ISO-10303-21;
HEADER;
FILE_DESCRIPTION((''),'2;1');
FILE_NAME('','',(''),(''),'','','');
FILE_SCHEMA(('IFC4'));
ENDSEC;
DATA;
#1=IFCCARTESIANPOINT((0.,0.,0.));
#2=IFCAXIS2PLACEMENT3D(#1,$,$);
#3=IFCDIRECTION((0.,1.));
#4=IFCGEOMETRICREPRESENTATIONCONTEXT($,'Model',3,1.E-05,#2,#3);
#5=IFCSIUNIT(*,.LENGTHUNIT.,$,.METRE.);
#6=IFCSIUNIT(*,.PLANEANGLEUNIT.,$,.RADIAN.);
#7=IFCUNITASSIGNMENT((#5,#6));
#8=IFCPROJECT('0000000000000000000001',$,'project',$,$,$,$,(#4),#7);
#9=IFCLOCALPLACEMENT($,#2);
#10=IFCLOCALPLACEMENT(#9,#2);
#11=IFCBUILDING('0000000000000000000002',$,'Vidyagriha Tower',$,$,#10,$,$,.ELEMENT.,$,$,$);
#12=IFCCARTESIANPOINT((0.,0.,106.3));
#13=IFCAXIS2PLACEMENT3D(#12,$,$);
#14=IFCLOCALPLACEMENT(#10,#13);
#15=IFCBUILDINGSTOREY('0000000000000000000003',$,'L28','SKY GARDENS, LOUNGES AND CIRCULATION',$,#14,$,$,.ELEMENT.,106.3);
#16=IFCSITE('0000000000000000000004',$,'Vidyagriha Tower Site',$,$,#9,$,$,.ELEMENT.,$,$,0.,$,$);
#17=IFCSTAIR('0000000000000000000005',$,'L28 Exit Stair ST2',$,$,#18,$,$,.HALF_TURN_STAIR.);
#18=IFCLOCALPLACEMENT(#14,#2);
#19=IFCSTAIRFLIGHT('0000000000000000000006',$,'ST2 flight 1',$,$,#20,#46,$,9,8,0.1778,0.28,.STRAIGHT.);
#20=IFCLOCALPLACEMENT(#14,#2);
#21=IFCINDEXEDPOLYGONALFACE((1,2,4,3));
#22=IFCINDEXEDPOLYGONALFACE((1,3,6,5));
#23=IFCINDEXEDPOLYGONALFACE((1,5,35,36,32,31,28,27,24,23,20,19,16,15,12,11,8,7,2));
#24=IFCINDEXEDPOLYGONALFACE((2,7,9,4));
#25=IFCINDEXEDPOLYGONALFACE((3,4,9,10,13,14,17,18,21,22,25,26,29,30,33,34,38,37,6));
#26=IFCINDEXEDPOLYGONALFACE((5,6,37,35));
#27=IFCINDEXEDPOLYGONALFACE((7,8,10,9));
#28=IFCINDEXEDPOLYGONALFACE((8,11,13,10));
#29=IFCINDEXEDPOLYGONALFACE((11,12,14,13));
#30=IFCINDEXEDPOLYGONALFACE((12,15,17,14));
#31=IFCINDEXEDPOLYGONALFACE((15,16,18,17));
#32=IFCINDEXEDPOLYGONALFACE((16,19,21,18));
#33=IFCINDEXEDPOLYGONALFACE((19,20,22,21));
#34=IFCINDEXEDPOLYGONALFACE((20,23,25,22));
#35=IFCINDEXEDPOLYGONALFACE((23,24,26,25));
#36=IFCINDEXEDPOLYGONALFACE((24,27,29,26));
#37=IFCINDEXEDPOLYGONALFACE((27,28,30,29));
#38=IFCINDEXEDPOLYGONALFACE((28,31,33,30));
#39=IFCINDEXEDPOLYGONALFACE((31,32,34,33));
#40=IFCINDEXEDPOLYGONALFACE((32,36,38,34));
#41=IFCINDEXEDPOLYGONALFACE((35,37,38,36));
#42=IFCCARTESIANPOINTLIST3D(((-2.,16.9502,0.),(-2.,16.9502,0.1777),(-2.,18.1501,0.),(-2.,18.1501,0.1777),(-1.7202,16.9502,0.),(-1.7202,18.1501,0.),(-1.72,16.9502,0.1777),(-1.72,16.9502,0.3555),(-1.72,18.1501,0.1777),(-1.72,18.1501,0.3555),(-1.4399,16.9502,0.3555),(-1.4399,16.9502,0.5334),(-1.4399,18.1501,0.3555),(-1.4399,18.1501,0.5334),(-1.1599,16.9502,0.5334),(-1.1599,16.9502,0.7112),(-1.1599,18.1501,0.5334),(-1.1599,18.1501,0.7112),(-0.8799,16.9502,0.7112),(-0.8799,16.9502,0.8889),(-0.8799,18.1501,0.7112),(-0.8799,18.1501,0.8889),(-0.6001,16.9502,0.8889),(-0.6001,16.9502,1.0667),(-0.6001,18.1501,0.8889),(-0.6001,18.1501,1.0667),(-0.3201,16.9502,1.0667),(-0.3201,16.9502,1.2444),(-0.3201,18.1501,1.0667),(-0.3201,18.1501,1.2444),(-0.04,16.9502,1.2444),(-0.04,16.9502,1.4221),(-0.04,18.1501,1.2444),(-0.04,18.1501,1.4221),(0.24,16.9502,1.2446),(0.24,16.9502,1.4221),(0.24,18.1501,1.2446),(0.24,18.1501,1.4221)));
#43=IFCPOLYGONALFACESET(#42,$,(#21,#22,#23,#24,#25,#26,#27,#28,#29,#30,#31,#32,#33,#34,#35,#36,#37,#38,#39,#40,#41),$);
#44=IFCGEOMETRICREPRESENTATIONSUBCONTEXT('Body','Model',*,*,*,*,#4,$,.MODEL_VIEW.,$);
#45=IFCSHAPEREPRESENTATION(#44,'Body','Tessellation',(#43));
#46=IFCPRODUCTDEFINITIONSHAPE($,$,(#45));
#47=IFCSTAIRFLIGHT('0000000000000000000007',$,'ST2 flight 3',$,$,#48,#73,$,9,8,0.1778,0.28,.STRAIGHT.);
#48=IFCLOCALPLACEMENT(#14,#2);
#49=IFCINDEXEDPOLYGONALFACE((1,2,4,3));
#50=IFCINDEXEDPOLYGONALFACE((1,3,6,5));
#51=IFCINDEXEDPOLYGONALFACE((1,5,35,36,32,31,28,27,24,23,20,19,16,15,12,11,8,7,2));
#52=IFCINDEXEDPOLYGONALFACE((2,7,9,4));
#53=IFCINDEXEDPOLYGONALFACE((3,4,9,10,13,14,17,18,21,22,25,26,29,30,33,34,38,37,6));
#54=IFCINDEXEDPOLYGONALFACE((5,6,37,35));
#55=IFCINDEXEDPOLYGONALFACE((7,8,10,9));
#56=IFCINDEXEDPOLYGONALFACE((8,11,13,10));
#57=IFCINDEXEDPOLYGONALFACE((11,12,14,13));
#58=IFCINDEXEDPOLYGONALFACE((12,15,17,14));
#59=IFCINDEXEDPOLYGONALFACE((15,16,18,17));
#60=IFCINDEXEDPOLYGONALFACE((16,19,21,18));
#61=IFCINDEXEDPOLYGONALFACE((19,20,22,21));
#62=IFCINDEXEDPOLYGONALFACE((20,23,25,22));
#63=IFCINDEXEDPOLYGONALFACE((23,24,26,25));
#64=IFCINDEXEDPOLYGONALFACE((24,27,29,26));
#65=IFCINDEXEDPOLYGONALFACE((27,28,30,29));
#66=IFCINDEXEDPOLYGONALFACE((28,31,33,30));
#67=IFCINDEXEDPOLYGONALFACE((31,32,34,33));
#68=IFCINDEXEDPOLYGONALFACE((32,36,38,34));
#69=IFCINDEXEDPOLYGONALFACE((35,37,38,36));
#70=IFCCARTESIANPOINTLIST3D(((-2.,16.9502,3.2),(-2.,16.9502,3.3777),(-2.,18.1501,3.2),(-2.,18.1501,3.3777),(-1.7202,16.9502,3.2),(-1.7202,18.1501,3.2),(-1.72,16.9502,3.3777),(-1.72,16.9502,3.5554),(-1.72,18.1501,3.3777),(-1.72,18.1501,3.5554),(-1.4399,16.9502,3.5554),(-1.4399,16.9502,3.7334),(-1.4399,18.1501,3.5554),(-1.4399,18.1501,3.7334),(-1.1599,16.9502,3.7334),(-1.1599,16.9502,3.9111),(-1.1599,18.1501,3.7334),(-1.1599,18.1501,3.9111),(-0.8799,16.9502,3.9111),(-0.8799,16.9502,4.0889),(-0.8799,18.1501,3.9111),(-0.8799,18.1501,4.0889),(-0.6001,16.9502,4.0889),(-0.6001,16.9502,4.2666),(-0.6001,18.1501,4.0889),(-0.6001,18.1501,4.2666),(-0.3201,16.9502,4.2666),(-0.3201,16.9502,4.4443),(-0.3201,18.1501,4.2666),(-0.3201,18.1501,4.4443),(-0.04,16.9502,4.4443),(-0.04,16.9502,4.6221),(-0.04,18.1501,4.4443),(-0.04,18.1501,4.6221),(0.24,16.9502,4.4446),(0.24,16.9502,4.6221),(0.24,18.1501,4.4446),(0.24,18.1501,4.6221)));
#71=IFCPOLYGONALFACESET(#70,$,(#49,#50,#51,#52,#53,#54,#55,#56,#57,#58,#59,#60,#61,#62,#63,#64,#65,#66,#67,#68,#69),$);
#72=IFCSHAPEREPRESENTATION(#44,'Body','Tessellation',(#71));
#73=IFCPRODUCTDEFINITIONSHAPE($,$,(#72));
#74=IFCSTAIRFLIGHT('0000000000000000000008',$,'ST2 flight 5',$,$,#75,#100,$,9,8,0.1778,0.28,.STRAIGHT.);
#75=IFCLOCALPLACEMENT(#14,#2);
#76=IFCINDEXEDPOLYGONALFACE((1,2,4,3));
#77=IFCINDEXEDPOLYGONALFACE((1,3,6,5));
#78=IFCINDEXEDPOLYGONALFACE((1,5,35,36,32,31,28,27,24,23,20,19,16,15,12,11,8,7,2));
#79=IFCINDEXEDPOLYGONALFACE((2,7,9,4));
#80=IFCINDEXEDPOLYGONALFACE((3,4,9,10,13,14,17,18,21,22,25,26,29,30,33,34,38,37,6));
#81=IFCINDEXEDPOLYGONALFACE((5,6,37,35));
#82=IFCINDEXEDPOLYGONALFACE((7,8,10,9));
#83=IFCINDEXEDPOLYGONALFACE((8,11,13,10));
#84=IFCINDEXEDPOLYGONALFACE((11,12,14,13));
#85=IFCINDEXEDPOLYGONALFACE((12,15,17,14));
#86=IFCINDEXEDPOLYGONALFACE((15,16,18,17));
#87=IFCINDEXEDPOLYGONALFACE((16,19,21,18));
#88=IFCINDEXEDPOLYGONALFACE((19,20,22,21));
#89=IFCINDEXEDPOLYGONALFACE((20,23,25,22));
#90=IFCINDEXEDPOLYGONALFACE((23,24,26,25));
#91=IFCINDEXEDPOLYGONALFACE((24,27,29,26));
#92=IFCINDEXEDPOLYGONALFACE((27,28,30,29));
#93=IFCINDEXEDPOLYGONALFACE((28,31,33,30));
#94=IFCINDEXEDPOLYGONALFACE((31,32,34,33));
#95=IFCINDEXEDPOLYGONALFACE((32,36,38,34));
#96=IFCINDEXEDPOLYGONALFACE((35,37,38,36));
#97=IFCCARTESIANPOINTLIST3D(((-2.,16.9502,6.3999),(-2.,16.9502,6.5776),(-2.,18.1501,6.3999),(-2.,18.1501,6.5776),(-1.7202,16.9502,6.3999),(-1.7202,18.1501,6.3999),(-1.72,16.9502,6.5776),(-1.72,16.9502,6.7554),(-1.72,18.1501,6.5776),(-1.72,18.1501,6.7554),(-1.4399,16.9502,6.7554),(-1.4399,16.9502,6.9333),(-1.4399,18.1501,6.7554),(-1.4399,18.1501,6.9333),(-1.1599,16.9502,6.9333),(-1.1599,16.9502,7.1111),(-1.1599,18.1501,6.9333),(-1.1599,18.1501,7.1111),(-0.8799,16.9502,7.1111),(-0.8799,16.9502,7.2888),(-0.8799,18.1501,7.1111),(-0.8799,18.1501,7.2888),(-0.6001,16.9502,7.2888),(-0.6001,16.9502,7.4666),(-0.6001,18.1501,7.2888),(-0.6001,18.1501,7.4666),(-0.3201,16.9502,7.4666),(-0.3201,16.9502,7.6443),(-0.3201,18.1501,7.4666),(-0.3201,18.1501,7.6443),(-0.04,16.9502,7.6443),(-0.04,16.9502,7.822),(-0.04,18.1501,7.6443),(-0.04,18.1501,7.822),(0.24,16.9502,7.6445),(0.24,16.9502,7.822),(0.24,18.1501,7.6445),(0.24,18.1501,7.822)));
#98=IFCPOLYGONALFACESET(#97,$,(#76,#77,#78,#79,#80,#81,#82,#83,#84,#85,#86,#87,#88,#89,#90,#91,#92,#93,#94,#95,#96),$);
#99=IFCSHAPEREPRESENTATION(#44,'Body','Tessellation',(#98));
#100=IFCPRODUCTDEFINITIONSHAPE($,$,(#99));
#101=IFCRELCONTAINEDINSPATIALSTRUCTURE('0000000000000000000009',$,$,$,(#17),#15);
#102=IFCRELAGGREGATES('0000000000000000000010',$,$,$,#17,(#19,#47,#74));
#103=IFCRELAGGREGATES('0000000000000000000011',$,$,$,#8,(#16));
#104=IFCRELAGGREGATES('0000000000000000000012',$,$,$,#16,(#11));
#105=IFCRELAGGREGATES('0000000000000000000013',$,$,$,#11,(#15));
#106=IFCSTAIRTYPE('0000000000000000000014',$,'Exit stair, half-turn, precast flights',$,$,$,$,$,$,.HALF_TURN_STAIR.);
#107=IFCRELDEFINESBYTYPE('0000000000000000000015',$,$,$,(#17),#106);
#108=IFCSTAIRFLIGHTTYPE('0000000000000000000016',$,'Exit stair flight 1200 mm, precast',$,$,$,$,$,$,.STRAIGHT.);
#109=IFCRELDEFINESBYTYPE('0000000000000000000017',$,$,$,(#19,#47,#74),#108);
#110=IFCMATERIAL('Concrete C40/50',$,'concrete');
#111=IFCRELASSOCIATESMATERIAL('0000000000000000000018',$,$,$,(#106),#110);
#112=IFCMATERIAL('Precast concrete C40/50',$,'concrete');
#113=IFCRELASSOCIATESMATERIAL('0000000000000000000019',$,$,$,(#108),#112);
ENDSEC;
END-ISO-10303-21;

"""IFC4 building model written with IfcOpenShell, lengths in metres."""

from ifc_helpers import new_model, si_unit, direction, frame, origin, place, context, subcontext, project, spatial, polyline, outline, extrude, material, type_object, element, aggregate, save


model = new_model("IFC4")

# Units and contexts
model_context = context("Model", 3, precision=1e-05, world=origin(), true_north=direction((0.0, 1.0)))
body_context = subcontext(model_context, "Body", "Model", "MODEL_VIEW")
ifc_project = project(units=[si_unit("LENGTHUNIT", "METRE"), si_unit("PLANEANGLEUNIT", "RADIAN")], contexts=[model_context])

# Site, building, storey
site_placement = place(None, origin())
site = spatial("IfcSite", under=ifc_project, at=site_placement, Name="Vidyagriha Tower Site", CompositionType="ELEMENT", RefElevation=0.0)
building_placement = place(site_placement, origin())
building = spatial("IfcBuilding", under=site, at=building_placement, Name="Vidyagriha Tower", CompositionType="ELEMENT")
storey_placement = place(building_placement, frame((0.0, 0.0, 106.3)))
storey = spatial("IfcBuildingStorey", under=building, at=storey_placement, Name="L28", Description="SKY GARDENS, LOUNGES AND CIRCULATION", CompositionType="ELEMENT", Elevation=106.3)

# Stair, stair flights
ifc_material_1 = material(Name="Concrete C40/50", Category="concrete")
stair_type = type_object("IfcStairType", Name="Exit stair, half-turn, precast flights", PredefinedType="HALF_TURN_STAIR", material=ifc_material_1)
ifc_material_2 = material(Name="Precast concrete C40/50", Category="concrete")
stair_flight_type = type_object("IfcStairFlightType", Name="Exit stair flight 1200 mm, precast", PredefinedType="STRAIGHT", material=ifc_material_2)
stair_1_placement = place(storey_placement, origin())
stair_1 = element("IfcStair", 1, at=stair_1_placement, inside=storey, type_object=stair_type, Name="L28 Exit Stair ST2", PredefinedType="HALF_TURN_STAIR")
stair_flight_1_placement = place(storey_placement, frame((-2.0, 17.55, 0.0)))
stair_flight_1 = element("IfcStairFlight", 2, at=stair_flight_1_placement, type_object=stair_flight_type, Name="ST2 flight 1", NumberOfRisers=9, NumberOfTreads=8, PredefinedType="STRAIGHT", RiserHeight=0.1778, TreadLength=0.28, context=body_context, shape_type="SweptSolid", body=[
    extrude(outline(polyline([(0.0, 0.0), (0.0, 0.1777), (0.28, 0.1777), (0.28, 0.3555), (0.5601, 0.3555), (0.5601, 0.5334), (0.8401, 0.5334), (0.8401, 0.7112), (1.1201, 0.7112), (1.1201, 0.8889), (1.3999, 0.8889), (1.3999, 1.0667), (1.6799, 1.0667), (1.6799, 1.2444), (1.96, 1.2444), (1.96, 1.4221), (2.24, 1.4221), (2.24, 1.6001), (2.24, 1.2446), (0.2798, 0.0), (0.0, 0.0)])), frame((0.0, 0.6001, 0.0), z_axis=(0.0, -1.0, 0.0), x_axis=(1.0, 0.0, 0.0)), (0.0, 0.0, 1.0), 1.2),
])
stair_flight_2_placement = place(storey_placement, frame((-2.0, 17.55, 3.2)))
stair_flight_2 = element("IfcStairFlight", 3, at=stair_flight_2_placement, type_object=stair_flight_type, Name="ST2 flight 3", NumberOfRisers=9, NumberOfTreads=8, PredefinedType="STRAIGHT", RiserHeight=0.1778, TreadLength=0.28, context=body_context, shape_type="SweptSolid", body=[
    extrude(outline(polyline([(0.0, 0.0), (0.0, 0.1777), (0.28, 0.1777), (0.28, 0.3555), (0.5601, 0.3555), (0.5601, 0.5334), (0.8401, 0.5334), (0.8401, 0.7112), (1.1201, 0.7112), (1.1201, 0.8889), (1.3999, 0.8889), (1.3999, 1.0667), (1.6799, 1.0667), (1.6799, 1.2444), (1.96, 1.2444), (1.96, 1.4221), (2.24, 1.4221), (2.24, 1.6001), (2.24, 1.2446), (0.2798, 0.0), (0.0, 0.0)])), frame((0.0, 0.6001, 0.0), z_axis=(0.0, -1.0, 0.0), x_axis=(1.0, 0.0, 0.0)), (0.0, 0.0, 1.0), 1.2),
])
stair_flight_3_placement = place(storey_placement, frame((-2.0, 17.55, 6.3999)))
stair_flight_3 = element("IfcStairFlight", 4, at=stair_flight_3_placement, type_object=stair_flight_type, Name="ST2 flight 5", NumberOfRisers=9, NumberOfTreads=8, PredefinedType="STRAIGHT", RiserHeight=0.1778, TreadLength=0.28, context=body_context, shape_type="SweptSolid", body=[
    extrude(outline(polyline([(0.0, 0.0), (0.0, 0.1777), (0.28, 0.1777), (0.28, 0.3555), (0.5601, 0.3555), (0.5601, 0.5334), (0.8401, 0.5334), (0.8401, 0.7112), (1.1201, 0.7112), (1.1201, 0.8889), (1.3999, 0.8889), (1.3999, 1.0667), (1.6799, 1.0667), (1.6799, 1.2444), (1.96, 1.2444), (1.96, 1.4221), (2.24, 1.4221), (2.24, 1.6001), (2.24, 1.2446), (0.2798, 0.0), (0.0, 0.0)])), frame((0.0, 0.6001, 0.0), z_axis=(0.0, -1.0, 0.0), x_axis=(1.0, 0.0, 0.0)), (0.0, 0.0, 1.0), 1.2),
])
aggregate(stair_1, [stair_flight_1, stair_flight_2, stair_flight_3])

save(model, "model.ifc")
